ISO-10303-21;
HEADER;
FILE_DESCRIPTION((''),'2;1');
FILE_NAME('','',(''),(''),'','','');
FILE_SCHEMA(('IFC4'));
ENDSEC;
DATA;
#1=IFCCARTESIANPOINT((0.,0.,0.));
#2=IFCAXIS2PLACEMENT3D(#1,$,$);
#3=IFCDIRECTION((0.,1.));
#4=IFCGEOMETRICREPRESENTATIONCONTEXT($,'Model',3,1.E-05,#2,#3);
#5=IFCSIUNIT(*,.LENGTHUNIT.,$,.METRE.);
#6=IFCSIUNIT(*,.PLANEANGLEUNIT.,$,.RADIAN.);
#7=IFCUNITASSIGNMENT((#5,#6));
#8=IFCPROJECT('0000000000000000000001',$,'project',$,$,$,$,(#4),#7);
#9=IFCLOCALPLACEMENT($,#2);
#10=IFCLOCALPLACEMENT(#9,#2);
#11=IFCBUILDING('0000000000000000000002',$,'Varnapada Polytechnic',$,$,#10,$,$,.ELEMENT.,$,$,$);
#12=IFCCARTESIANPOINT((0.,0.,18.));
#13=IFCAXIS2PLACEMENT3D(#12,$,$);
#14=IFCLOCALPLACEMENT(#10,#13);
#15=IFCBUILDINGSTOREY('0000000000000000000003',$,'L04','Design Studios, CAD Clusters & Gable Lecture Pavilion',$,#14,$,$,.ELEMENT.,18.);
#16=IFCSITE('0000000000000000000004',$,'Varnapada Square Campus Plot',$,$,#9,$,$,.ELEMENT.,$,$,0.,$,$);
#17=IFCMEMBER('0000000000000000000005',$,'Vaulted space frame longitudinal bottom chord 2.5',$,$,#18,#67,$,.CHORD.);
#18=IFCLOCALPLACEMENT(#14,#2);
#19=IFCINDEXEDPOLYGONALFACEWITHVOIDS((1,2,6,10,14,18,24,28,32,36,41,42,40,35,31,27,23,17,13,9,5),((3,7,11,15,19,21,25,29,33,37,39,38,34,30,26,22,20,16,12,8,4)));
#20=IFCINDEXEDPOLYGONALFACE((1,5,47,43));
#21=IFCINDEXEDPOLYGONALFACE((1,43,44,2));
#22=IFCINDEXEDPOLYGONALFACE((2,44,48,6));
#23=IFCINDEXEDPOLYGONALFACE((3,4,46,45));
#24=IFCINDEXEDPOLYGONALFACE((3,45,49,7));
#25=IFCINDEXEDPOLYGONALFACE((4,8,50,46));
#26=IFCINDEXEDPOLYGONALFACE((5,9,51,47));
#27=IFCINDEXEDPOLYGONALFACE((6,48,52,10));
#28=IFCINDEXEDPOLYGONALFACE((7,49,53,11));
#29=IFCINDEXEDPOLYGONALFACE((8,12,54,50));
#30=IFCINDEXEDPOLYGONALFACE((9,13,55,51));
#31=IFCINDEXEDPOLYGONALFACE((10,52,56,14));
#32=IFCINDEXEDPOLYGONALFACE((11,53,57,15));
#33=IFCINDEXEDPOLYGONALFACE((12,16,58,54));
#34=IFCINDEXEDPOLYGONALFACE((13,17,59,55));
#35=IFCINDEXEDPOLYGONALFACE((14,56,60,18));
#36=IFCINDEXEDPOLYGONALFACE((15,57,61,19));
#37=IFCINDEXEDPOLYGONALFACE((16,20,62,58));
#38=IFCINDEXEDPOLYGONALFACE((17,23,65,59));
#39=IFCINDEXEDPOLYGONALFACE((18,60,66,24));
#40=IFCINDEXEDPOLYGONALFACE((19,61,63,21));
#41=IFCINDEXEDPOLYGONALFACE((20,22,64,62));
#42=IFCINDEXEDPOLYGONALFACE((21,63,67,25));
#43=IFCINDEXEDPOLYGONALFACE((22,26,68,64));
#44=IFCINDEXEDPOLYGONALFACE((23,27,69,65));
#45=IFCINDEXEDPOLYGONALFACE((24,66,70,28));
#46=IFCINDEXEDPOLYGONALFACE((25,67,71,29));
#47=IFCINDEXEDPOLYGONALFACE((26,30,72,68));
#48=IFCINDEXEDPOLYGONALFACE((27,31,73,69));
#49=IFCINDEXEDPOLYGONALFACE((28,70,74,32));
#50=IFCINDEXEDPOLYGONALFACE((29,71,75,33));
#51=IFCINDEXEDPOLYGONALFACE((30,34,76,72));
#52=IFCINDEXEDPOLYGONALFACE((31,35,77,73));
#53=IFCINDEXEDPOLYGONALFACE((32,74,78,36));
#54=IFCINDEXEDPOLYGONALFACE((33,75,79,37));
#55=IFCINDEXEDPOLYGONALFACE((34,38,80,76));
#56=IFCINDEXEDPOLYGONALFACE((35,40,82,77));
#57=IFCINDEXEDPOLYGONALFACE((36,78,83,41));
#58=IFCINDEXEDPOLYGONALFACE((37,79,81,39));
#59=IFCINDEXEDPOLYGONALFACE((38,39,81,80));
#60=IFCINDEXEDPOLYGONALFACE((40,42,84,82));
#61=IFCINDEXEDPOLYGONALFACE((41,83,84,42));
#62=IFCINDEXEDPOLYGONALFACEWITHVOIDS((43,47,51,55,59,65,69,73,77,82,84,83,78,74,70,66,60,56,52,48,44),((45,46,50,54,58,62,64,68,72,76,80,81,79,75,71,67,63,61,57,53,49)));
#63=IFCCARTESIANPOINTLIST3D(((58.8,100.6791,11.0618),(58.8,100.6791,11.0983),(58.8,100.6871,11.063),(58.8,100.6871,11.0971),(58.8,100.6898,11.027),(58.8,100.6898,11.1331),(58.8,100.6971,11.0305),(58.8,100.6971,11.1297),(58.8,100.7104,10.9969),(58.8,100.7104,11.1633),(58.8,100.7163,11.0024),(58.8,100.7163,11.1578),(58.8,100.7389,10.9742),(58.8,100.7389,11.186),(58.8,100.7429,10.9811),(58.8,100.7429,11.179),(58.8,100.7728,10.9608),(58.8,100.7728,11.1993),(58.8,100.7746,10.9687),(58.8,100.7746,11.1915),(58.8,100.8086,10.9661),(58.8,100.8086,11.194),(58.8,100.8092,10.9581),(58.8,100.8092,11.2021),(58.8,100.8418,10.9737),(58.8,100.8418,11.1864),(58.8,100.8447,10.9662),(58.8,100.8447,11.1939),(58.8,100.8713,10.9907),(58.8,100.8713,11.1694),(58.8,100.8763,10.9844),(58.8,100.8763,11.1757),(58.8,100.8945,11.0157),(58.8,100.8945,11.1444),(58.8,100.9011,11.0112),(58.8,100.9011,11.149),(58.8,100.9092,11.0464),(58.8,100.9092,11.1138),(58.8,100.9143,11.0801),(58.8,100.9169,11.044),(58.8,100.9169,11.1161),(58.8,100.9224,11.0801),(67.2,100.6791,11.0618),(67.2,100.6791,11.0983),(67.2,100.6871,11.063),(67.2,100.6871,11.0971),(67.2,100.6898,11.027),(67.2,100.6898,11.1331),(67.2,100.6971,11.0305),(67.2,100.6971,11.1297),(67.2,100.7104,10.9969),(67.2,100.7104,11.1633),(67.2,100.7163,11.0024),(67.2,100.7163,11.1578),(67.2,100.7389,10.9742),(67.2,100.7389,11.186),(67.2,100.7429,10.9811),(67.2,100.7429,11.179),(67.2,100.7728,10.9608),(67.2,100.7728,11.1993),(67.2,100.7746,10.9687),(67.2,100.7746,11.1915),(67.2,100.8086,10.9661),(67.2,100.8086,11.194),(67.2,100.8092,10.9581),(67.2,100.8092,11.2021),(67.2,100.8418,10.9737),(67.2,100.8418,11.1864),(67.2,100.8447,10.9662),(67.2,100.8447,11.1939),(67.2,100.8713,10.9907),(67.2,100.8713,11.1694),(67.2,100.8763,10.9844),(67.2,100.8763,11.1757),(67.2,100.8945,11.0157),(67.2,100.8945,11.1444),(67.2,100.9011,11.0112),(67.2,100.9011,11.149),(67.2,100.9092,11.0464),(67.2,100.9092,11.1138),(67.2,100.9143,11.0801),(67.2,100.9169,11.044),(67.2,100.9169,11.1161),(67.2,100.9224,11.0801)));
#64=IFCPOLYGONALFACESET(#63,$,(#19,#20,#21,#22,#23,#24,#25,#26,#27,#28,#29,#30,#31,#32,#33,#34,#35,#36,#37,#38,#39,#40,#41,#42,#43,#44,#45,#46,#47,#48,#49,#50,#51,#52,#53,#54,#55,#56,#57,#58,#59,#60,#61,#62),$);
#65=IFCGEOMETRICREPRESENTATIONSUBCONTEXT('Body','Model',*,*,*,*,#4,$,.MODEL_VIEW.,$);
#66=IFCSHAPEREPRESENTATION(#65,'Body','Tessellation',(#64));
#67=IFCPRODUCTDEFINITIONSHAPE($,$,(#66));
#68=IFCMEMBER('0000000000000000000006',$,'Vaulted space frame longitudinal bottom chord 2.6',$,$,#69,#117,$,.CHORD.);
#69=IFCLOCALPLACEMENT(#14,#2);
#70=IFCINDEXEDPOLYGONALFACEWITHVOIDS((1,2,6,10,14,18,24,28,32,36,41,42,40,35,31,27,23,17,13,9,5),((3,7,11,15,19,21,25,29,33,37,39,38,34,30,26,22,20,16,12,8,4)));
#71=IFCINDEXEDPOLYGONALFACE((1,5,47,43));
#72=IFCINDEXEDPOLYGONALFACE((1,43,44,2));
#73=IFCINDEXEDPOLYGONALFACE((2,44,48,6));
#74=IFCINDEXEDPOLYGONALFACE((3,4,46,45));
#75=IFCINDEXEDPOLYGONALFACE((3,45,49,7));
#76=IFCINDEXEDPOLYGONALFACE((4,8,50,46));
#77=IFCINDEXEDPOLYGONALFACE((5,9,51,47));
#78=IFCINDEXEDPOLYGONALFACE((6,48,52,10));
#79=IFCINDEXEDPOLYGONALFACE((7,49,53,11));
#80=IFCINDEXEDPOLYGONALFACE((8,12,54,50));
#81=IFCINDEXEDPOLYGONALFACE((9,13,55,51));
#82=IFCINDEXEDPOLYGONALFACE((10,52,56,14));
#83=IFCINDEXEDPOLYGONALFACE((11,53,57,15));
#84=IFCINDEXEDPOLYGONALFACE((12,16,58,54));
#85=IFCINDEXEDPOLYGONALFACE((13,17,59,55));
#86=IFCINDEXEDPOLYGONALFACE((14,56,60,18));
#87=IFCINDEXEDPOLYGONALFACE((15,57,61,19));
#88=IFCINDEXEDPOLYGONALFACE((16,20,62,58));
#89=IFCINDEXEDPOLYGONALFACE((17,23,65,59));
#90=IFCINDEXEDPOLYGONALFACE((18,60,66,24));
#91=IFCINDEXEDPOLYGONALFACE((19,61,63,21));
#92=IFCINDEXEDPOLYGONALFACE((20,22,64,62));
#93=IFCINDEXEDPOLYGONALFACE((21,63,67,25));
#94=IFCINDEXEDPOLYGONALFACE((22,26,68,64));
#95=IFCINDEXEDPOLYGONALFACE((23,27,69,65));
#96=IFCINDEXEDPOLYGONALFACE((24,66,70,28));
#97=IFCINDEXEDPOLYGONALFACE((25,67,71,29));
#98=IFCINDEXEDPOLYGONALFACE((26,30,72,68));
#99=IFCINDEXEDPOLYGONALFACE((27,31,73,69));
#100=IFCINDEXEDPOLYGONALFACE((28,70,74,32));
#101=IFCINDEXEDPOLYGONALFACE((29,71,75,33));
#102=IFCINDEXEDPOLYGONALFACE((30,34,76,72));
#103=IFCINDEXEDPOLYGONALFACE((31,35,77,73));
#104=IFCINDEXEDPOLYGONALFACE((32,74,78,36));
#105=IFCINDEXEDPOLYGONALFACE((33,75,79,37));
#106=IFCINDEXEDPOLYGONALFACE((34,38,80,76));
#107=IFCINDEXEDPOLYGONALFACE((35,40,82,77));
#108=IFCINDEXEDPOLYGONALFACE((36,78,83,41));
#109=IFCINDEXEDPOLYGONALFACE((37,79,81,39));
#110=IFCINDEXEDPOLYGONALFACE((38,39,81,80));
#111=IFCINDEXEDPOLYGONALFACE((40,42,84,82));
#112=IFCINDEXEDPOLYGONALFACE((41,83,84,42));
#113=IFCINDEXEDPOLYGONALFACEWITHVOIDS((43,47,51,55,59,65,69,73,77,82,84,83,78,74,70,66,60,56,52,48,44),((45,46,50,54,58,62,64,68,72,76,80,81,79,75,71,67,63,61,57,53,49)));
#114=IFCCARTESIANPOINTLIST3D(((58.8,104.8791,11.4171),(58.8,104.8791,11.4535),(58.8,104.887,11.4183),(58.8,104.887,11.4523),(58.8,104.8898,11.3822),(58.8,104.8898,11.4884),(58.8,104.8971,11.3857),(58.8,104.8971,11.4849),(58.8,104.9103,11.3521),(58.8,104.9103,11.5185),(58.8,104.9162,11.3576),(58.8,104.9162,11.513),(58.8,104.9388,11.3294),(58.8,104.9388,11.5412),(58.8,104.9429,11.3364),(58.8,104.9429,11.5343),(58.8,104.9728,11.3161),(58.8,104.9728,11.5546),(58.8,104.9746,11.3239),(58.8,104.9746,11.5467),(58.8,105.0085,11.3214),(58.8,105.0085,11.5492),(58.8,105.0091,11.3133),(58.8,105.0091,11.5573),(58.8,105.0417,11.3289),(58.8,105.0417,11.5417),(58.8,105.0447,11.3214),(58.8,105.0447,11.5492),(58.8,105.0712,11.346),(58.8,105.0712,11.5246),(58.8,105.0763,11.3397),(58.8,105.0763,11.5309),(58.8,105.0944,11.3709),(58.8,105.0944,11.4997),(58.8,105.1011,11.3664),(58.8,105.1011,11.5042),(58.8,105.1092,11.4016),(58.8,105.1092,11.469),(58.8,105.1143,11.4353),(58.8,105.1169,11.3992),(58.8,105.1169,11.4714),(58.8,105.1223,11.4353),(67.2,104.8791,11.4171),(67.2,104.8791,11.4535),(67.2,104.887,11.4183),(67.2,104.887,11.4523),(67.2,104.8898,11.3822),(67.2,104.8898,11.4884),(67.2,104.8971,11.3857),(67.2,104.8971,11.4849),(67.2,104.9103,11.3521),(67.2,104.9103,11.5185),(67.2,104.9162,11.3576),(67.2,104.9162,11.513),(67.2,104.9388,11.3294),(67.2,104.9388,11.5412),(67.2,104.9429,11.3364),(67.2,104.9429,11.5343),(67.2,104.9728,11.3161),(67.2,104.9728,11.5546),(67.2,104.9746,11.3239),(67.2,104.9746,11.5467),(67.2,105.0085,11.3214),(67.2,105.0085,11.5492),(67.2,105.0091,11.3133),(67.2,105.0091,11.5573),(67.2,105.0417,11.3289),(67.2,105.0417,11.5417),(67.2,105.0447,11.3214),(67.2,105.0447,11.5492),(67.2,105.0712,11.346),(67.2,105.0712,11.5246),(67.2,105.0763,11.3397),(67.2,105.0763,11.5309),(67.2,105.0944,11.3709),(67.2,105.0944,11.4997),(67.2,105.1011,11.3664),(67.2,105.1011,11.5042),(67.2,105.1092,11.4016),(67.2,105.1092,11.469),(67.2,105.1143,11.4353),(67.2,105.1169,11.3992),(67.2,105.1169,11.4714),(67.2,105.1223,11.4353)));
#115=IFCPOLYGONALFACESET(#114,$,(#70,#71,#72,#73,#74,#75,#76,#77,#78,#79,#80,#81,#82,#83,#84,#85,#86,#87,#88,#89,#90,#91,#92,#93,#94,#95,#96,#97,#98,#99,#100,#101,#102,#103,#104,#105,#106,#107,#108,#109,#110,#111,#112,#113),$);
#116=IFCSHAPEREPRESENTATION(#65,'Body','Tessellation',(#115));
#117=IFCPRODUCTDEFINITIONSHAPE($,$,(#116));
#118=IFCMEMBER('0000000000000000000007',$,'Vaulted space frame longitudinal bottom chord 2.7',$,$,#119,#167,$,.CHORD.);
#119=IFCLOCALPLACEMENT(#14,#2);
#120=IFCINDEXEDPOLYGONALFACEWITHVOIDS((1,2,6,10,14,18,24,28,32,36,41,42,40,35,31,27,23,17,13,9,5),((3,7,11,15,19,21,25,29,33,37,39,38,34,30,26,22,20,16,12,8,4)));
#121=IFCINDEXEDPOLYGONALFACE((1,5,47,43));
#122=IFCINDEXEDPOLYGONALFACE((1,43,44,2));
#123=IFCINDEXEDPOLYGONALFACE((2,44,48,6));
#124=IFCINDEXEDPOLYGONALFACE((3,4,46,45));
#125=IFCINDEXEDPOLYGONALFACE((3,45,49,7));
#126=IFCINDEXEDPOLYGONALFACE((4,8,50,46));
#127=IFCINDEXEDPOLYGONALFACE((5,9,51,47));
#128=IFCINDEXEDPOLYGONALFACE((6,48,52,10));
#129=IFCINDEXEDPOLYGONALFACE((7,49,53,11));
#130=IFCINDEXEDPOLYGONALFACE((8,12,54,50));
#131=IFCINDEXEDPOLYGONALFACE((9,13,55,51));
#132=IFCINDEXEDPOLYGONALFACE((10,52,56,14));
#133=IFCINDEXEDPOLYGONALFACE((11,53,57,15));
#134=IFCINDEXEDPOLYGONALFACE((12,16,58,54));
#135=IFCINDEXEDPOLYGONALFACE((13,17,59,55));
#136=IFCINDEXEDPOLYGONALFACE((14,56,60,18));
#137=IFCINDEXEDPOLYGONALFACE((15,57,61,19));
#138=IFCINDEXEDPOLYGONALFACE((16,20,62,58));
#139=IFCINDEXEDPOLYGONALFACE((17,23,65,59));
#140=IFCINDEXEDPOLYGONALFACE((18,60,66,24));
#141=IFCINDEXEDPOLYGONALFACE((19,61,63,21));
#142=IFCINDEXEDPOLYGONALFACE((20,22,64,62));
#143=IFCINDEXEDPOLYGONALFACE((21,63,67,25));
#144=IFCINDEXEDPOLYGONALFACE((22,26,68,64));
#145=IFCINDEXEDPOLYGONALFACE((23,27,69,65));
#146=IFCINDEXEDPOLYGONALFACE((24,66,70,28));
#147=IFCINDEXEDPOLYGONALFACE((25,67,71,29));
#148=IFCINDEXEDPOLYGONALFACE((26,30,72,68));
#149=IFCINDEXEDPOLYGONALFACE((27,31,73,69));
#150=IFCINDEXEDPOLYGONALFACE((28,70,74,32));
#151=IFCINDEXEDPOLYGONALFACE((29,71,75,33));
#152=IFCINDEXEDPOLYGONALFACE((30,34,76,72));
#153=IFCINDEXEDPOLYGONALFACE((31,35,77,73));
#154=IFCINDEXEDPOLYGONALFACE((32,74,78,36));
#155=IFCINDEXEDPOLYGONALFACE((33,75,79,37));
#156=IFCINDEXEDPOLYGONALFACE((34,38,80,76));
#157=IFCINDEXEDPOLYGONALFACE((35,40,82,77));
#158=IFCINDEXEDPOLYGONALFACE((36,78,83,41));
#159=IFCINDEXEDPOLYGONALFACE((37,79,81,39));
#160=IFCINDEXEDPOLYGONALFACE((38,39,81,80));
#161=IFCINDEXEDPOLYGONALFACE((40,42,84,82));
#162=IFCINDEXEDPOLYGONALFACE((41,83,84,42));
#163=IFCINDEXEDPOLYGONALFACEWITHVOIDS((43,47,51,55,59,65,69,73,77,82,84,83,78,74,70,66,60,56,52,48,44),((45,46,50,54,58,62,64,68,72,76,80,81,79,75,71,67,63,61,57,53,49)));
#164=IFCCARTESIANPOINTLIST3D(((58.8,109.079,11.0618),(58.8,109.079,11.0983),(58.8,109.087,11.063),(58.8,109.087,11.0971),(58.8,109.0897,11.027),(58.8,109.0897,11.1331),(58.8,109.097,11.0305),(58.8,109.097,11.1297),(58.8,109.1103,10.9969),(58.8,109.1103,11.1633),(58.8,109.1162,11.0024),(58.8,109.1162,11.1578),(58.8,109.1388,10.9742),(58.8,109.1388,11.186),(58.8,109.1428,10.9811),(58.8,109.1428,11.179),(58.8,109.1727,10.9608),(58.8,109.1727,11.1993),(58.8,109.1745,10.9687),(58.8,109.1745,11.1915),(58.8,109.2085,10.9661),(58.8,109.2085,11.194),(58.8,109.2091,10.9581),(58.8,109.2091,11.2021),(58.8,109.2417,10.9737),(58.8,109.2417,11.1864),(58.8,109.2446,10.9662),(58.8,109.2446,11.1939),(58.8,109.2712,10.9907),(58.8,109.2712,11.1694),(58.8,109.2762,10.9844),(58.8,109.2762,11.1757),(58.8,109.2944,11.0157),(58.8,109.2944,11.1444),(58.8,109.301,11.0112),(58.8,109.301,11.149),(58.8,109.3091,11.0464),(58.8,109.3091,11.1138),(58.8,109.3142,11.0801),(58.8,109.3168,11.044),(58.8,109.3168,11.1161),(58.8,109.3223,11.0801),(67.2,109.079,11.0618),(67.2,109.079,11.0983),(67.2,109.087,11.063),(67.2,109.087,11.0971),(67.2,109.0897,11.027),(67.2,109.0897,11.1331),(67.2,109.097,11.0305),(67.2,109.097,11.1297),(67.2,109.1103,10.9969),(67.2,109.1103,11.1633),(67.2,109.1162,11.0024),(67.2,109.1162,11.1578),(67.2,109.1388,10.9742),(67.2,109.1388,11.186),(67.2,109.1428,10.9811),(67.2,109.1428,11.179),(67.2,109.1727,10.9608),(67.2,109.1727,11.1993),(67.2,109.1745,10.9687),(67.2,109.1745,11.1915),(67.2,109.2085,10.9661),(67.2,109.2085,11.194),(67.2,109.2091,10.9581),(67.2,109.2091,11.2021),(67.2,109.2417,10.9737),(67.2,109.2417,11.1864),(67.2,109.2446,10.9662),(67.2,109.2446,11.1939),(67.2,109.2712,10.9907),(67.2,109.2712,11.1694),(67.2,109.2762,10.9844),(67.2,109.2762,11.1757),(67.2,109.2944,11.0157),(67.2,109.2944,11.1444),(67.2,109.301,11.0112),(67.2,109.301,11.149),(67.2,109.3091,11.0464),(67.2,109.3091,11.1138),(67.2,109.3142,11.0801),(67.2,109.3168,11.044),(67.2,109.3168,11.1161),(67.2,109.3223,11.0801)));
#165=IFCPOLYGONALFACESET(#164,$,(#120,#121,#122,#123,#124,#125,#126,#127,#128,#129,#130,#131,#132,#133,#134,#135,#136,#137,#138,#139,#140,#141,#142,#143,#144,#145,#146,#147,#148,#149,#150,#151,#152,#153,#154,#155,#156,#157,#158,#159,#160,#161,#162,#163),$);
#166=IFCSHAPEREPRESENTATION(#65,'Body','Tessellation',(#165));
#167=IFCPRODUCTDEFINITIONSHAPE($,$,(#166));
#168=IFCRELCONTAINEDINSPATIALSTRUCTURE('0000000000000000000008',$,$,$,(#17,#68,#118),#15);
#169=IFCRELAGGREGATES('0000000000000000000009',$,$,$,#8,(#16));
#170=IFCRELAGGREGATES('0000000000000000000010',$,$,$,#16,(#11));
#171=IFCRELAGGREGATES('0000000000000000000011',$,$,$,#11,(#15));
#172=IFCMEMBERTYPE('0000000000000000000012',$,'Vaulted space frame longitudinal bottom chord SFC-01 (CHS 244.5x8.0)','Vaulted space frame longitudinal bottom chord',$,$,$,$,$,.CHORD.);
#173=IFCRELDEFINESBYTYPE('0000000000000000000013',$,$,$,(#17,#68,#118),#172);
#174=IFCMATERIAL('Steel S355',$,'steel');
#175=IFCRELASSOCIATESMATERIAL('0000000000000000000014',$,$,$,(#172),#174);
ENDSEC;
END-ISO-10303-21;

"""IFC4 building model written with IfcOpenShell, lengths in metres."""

from ifc_helpers import new_model, si_unit, direction, frame, origin, origin_2d, place, context, subcontext, project, spatial, hollow_circle, extrude, material, material_profile, profile_set, type_object, element, save


model = new_model("IFC4")

# Units and contexts
model_context = context("Model", 3, precision=1e-05, world=origin(), true_north=direction((0.0, 1.0)))
body_context = subcontext(model_context, "Body", "Model", "MODEL_VIEW")
ifc_project = project(units=[si_unit("LENGTHUNIT", "METRE"), si_unit("PLANEANGLEUNIT", "RADIAN")], contexts=[model_context])

# Site, building, storey
site_placement = place(None, origin())
site = spatial("IfcSite", under=ifc_project, at=site_placement, Name="Varnapada Square Campus Plot", CompositionType="ELEMENT", RefElevation=0.0)
building_placement = place(site_placement, origin())
building = spatial("IfcBuilding", under=site, at=building_placement, Name="Varnapada Polytechnic", CompositionType="ELEMENT")
storey_placement = place(building_placement, frame((0.0, 0.0, 18.0)))
storey = spatial("IfcBuildingStorey", under=building, at=storey_placement, Name="L04", Description="Design Studios, CAD Clusters & Gable Lecture Pavilion", CompositionType="ELEMENT", Elevation=18.0)

# Members
ifc_material = material(Name="Steel S355", Category="steel")
ifc_material_profile_1 = material_profile(ifc_material, hollow_circle(Radius=0.1223, WallThickness=0.0081, at=origin_2d()), Name="CHS 244.5x8.0")
ifc_profile_set_1 = profile_set([ifc_material_profile_1], Name="Steel S355")
member_type_1 = type_object("IfcMemberType", Name="Vaulted space frame longitudinal bottom chord SFC-01 (CHS 244.5x8.0)", Description="Vaulted space frame longitudinal bottom chord", PredefinedType="CHORD", material=ifc_profile_set_1)
for number, where, z_axis, x_axis, name in (
    (1, (58.8, 100.8, 11.0801), (1.0, 0.0, 0.0), (0.0, 1.0, 0.0), "Vaulted space frame longitudinal bottom chord 2.5"),
    (2, (58.8, 105.0, 11.4353), (1.0, 0.0, 0.0), (0.0, 1.0, 0.0), "Vaulted space frame longitudinal bottom chord 2.6"),
    (3, (58.8, 109.2, 11.0801), (1.0, 0.0, 0.0), (0.0, 1.0, 0.0), "Vaulted space frame longitudinal bottom chord 2.7"),
):
    element("IfcMember", number, at=place(storey_placement, frame(where, z_axis=z_axis, x_axis=x_axis)), inside=storey, type_object=member_type_1, Name=name, PredefinedType="CHORD", context=body_context, shape_type="SweptSolid", body=[
        extrude(hollow_circle(Radius=0.1223, WallThickness=0.0081, at=origin_2d()), origin(), (0.0, 0.0, 1.0), 8.3999),
    ])

save(model, "model.ifc")
